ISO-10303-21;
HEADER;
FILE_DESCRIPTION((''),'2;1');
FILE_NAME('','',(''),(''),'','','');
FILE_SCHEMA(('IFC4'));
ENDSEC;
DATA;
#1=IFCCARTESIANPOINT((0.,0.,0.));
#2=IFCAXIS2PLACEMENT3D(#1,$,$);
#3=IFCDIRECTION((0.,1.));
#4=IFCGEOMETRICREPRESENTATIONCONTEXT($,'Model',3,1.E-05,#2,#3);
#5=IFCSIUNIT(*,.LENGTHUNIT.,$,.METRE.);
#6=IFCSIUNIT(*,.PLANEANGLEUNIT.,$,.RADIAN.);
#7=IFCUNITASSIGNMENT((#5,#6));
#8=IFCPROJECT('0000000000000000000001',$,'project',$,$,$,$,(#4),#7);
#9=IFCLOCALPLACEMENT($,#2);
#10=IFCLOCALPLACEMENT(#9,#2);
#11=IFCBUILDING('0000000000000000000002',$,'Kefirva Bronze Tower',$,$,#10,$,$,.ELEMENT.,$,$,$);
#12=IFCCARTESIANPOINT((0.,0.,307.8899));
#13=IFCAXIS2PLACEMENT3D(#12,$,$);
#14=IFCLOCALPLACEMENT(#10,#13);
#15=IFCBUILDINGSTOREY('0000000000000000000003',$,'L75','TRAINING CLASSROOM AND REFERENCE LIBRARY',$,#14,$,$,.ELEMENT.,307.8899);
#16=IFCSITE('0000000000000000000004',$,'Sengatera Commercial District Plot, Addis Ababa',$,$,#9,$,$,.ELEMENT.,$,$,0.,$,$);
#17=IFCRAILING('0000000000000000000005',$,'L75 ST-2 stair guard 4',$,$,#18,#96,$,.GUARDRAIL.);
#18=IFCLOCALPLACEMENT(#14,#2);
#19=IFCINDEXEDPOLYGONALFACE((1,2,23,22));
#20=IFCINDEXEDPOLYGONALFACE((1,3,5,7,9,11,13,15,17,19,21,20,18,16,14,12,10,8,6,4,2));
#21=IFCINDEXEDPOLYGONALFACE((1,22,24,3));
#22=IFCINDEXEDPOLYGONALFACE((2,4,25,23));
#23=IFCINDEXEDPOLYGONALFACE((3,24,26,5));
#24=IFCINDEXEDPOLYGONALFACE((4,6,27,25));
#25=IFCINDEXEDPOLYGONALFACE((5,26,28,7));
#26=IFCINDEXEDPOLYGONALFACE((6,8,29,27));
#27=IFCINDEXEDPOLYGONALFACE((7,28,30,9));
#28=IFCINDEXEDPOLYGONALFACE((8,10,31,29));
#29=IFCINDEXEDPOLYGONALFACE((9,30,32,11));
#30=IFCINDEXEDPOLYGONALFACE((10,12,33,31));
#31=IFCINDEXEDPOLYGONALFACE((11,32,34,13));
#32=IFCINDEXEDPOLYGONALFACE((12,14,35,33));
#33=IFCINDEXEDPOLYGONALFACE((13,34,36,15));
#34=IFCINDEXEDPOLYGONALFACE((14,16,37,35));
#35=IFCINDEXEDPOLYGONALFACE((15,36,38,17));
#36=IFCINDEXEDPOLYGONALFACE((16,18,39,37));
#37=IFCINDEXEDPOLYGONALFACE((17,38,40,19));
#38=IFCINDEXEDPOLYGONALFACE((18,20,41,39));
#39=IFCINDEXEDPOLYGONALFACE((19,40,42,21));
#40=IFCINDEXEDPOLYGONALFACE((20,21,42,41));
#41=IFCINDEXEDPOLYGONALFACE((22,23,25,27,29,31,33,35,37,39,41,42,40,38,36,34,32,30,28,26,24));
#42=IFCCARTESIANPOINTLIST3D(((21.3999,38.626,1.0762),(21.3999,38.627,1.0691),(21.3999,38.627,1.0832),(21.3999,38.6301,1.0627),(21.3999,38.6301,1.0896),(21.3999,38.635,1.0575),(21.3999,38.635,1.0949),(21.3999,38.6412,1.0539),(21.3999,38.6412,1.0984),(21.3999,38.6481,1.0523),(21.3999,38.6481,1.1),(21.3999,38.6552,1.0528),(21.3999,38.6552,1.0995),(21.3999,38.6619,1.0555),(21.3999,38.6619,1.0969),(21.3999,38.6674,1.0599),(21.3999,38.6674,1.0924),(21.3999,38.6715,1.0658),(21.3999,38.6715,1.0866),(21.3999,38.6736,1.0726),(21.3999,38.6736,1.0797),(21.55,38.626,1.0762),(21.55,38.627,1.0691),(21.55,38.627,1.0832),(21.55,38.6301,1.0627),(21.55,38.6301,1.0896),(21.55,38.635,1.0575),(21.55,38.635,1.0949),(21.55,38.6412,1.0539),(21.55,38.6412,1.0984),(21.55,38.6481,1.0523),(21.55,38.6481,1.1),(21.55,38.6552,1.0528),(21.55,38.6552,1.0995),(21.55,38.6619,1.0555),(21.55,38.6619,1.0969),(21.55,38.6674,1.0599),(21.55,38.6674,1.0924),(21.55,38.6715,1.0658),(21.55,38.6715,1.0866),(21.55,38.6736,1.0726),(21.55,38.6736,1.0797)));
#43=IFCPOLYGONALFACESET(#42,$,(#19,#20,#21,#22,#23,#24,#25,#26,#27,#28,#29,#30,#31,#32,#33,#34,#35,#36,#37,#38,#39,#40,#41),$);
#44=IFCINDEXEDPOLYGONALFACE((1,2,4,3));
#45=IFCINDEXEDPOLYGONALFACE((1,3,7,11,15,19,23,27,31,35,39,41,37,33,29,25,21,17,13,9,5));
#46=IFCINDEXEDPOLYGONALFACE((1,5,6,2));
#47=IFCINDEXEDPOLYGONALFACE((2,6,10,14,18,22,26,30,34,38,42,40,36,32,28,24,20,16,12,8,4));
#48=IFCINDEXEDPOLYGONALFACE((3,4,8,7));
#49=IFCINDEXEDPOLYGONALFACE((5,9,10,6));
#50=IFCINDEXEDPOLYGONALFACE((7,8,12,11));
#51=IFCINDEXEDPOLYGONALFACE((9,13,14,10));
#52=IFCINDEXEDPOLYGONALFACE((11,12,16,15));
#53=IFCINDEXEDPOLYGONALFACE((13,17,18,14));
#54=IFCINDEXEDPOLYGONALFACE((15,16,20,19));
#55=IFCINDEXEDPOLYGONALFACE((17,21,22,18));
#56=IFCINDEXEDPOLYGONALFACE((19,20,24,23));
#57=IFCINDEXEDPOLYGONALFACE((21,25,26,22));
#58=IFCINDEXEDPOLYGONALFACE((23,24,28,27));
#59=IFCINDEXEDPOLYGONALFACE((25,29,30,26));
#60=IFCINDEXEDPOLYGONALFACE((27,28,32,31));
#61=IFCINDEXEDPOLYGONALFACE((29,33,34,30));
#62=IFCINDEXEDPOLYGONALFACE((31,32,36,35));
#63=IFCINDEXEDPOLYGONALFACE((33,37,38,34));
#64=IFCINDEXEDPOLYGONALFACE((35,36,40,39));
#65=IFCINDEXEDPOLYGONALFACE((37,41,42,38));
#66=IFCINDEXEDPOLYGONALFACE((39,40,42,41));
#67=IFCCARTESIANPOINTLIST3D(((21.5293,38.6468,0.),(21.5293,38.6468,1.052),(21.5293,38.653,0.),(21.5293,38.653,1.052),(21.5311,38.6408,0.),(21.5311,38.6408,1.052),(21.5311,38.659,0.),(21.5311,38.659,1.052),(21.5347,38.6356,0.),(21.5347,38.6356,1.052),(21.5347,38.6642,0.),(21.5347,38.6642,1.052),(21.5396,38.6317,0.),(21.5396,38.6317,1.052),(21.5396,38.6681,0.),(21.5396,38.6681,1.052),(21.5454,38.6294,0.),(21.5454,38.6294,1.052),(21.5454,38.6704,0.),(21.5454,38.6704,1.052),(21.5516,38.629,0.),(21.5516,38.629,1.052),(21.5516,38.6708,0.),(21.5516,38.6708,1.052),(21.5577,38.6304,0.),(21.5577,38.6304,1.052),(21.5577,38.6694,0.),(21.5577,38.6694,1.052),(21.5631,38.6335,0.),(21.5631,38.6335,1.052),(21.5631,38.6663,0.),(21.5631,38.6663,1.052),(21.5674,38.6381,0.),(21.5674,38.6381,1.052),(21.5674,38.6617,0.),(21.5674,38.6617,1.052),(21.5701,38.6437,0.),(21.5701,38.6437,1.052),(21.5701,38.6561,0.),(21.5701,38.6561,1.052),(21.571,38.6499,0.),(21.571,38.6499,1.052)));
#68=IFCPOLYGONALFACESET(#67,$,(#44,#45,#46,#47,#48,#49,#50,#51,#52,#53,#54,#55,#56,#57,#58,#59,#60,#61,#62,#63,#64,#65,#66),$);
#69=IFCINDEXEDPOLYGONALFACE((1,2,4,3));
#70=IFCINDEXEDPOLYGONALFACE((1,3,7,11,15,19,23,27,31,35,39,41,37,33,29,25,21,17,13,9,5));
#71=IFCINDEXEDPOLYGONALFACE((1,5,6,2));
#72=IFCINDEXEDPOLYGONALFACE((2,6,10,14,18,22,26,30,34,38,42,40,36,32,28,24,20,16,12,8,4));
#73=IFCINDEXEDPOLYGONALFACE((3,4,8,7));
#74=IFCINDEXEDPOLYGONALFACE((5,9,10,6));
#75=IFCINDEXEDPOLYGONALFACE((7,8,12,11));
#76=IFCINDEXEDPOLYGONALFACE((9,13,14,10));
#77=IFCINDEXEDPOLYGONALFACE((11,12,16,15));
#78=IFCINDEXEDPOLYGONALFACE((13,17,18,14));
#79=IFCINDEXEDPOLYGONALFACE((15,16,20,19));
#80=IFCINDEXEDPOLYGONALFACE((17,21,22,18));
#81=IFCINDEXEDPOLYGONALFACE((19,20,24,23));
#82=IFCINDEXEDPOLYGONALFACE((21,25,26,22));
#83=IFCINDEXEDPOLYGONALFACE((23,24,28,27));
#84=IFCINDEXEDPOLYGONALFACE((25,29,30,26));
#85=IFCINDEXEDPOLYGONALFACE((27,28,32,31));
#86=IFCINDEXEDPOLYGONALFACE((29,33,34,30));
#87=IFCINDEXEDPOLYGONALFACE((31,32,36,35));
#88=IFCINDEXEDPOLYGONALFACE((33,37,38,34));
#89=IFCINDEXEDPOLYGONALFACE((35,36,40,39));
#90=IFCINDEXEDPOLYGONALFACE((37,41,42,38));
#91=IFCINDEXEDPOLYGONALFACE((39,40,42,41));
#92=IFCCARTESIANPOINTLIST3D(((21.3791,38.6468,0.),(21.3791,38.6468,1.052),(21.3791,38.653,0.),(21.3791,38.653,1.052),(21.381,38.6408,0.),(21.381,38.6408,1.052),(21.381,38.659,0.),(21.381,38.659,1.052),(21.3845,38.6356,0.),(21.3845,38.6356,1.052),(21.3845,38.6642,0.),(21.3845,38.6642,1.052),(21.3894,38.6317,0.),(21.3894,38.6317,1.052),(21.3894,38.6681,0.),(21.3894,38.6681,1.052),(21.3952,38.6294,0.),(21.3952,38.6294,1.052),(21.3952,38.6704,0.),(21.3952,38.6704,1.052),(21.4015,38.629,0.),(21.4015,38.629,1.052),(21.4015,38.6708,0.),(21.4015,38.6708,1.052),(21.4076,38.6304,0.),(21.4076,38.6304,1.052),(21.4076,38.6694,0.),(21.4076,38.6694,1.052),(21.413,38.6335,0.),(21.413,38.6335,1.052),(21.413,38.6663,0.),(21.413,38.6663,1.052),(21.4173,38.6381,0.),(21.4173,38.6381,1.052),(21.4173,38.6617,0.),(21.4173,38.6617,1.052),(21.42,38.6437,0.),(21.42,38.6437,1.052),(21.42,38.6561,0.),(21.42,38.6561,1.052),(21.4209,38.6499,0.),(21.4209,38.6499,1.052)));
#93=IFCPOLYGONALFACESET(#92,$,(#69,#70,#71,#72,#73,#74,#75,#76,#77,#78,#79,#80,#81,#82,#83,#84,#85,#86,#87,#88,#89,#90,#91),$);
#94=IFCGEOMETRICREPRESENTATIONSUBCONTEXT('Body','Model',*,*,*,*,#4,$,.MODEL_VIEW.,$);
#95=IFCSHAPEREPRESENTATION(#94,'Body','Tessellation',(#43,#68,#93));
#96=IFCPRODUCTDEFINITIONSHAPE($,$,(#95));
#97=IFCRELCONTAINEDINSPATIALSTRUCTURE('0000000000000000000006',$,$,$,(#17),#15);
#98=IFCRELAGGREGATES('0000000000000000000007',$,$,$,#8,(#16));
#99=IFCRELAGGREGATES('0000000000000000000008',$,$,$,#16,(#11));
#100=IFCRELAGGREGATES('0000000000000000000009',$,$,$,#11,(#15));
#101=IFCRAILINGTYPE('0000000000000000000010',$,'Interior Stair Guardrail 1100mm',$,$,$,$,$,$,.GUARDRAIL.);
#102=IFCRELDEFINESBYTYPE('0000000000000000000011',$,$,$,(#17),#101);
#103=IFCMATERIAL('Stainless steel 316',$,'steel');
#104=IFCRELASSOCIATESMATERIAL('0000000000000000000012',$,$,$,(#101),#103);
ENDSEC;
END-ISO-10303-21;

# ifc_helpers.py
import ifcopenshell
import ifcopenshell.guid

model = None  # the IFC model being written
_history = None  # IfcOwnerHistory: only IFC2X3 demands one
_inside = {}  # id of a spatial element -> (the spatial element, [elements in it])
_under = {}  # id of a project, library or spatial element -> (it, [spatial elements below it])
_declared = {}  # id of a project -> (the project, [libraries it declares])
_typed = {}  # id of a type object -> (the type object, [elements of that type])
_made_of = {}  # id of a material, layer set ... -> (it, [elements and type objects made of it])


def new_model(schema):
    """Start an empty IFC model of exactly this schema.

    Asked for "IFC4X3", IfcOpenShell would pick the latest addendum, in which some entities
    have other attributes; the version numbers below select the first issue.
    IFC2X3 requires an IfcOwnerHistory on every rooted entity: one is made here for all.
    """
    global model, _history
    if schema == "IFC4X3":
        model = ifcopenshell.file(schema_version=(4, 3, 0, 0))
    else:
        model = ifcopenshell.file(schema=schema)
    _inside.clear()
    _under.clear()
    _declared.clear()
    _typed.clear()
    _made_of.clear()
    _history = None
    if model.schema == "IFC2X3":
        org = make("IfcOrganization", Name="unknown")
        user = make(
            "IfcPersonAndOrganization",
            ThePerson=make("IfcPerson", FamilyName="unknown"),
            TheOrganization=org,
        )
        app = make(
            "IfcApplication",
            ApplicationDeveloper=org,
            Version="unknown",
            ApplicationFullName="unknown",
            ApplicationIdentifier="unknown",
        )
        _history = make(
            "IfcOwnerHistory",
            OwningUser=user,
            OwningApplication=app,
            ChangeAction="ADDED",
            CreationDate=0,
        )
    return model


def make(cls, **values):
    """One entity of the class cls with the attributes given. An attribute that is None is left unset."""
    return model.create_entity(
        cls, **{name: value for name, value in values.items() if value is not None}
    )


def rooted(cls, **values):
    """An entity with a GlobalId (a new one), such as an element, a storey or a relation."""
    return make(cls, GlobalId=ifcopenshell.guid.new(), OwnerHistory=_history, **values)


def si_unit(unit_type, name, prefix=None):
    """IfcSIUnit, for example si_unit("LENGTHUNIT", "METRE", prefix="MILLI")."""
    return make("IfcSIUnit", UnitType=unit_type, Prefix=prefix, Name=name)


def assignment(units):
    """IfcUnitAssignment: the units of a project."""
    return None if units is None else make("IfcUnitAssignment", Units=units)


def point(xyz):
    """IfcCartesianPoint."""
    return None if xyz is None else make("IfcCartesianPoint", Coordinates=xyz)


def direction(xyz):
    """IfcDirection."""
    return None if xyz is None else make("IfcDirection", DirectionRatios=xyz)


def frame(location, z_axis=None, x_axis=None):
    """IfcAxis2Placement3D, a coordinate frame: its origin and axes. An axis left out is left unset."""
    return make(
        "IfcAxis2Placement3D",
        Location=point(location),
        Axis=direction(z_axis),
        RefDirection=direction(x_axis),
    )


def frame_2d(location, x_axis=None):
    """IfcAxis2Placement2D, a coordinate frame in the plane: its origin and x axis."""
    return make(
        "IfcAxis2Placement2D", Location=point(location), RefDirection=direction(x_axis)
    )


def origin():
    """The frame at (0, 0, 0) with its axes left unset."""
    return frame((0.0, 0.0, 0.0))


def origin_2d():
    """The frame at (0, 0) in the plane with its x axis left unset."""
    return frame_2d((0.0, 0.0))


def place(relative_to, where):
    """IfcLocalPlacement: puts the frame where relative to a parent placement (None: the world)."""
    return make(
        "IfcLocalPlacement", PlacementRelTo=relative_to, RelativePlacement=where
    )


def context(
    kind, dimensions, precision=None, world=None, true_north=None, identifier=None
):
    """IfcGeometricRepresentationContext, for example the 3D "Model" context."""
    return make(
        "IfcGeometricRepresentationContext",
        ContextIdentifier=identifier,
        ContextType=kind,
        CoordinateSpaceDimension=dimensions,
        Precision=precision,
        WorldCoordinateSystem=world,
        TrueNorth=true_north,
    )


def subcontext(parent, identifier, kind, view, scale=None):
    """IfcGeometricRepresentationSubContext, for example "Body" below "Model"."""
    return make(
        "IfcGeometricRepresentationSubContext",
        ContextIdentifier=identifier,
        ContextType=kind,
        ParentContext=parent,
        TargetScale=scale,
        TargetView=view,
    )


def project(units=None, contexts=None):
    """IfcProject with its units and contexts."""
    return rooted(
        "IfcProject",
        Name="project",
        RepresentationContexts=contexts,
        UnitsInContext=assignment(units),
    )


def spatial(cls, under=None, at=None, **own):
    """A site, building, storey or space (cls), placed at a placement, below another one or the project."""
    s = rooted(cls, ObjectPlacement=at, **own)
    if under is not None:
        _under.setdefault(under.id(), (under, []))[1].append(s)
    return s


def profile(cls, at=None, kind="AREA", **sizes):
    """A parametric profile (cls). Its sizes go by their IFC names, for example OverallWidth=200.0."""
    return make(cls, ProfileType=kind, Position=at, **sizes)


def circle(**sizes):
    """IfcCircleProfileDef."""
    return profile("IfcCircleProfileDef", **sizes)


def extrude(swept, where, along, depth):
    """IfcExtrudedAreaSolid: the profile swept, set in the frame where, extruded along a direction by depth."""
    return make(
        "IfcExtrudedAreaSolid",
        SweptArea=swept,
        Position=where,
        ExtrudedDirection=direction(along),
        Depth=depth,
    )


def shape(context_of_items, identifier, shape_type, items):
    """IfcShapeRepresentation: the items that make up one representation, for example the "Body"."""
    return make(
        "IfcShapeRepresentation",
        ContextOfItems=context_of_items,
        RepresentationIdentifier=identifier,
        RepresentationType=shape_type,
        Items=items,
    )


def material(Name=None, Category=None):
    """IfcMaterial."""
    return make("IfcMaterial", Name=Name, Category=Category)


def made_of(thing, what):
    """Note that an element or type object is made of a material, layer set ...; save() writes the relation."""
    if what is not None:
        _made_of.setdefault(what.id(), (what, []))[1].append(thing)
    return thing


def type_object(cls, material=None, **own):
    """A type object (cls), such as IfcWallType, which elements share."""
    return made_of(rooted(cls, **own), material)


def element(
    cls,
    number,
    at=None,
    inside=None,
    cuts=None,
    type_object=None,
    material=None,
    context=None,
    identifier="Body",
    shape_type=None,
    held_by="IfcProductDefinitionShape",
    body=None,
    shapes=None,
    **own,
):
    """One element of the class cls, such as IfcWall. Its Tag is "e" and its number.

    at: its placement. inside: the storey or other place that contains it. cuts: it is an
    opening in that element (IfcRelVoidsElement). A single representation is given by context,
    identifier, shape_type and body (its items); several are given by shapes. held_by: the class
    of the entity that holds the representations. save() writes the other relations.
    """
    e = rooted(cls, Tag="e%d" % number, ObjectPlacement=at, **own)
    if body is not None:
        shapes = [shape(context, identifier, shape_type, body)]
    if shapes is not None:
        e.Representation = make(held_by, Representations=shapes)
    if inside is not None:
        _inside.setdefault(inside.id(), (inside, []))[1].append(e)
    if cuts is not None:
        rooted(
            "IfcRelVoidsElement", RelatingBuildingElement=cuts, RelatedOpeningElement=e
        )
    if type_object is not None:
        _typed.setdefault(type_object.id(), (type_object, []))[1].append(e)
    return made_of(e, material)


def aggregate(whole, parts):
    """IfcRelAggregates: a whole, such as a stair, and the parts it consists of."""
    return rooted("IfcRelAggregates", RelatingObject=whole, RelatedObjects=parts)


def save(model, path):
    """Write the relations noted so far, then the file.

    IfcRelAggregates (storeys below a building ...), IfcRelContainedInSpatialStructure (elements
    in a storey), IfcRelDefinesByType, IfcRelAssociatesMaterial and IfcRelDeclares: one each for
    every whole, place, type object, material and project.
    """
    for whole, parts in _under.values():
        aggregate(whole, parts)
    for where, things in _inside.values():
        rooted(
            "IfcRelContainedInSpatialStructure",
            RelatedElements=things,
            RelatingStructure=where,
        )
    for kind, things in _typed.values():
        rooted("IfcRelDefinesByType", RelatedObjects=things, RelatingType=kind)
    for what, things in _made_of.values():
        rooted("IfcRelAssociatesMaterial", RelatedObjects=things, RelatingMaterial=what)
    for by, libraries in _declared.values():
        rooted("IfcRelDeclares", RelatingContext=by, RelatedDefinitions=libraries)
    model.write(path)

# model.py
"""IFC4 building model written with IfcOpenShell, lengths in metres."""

from ifc_helpers import new_model, si_unit, direction, frame, origin, origin_2d, place, context, subcontext, project, spatial, circle, extrude, material, type_object, element, save


model = new_model("IFC4")

# Units and contexts
model_context = context("Model", 3, precision=1e-05, world=origin(), true_north=direction((0.0, 1.0)))
body_context = subcontext(model_context, "Body", "Model", "MODEL_VIEW")
ifc_project = project(units=[si_unit("LENGTHUNIT", "METRE"), si_unit("PLANEANGLEUNIT", "RADIAN")], contexts=[model_context])

# Site, building, storey
site_placement = place(None, origin())
site = spatial("IfcSite", under=ifc_project, at=site_placement, Name="Sengatera Commercial District Plot, Addis Ababa", CompositionType="ELEMENT", RefElevation=0.0)
building_placement = place(site_placement, origin())
building = spatial("IfcBuilding", under=site, at=building_placement, Name="Kefirva Bronze Tower", CompositionType="ELEMENT")
storey_placement = place(building_placement, frame((0.0, 0.0, 307.8899)))
storey = spatial("IfcBuildingStorey", under=building, at=storey_placement, Name="L75", Description="TRAINING CLASSROOM AND REFERENCE LIBRARY", CompositionType="ELEMENT", Elevation=307.8899)

# Shared definitions
ifc_material_1 = material(Name="Stainless steel 316", Category="steel")

# Railing
railing_type_1 = type_object("IfcRailingType", Name="Interior Stair Guardrail 1100mm", PredefinedType="GUARDRAIL", material=ifc_material_1)
railing_1_placement = place(storey_placement, frame((21.55, 38.6499, 0.0)))
element("IfcRailing", 1, at=railing_1_placement, inside=storey, type_object=railing_type_1, Name="L75 ST-2 stair guard 4", PredefinedType="GUARDRAIL", context=body_context, shape_type="SweptSolid", body=[
    extrude(circle(Radius=0.0239, at=origin_2d()), frame((0.0, 0.0, 1.0762), z_axis=(-1.0, 0.0, 0.0), x_axis=(0.0, -1.0, 0.0)), (0.0, 0.0, 1.0), 0.1501),
    extrude(circle(Radius=0.021, at=origin_2d()), origin(), (0.0, 0.0, 1.0), 1.052),
    extrude(circle(Radius=0.021, at=origin_2d()), frame((-0.1501, 0.0, 0.0)), (0.0, 0.0, 1.0), 1.052),
])

save(model, "model.ifc")
